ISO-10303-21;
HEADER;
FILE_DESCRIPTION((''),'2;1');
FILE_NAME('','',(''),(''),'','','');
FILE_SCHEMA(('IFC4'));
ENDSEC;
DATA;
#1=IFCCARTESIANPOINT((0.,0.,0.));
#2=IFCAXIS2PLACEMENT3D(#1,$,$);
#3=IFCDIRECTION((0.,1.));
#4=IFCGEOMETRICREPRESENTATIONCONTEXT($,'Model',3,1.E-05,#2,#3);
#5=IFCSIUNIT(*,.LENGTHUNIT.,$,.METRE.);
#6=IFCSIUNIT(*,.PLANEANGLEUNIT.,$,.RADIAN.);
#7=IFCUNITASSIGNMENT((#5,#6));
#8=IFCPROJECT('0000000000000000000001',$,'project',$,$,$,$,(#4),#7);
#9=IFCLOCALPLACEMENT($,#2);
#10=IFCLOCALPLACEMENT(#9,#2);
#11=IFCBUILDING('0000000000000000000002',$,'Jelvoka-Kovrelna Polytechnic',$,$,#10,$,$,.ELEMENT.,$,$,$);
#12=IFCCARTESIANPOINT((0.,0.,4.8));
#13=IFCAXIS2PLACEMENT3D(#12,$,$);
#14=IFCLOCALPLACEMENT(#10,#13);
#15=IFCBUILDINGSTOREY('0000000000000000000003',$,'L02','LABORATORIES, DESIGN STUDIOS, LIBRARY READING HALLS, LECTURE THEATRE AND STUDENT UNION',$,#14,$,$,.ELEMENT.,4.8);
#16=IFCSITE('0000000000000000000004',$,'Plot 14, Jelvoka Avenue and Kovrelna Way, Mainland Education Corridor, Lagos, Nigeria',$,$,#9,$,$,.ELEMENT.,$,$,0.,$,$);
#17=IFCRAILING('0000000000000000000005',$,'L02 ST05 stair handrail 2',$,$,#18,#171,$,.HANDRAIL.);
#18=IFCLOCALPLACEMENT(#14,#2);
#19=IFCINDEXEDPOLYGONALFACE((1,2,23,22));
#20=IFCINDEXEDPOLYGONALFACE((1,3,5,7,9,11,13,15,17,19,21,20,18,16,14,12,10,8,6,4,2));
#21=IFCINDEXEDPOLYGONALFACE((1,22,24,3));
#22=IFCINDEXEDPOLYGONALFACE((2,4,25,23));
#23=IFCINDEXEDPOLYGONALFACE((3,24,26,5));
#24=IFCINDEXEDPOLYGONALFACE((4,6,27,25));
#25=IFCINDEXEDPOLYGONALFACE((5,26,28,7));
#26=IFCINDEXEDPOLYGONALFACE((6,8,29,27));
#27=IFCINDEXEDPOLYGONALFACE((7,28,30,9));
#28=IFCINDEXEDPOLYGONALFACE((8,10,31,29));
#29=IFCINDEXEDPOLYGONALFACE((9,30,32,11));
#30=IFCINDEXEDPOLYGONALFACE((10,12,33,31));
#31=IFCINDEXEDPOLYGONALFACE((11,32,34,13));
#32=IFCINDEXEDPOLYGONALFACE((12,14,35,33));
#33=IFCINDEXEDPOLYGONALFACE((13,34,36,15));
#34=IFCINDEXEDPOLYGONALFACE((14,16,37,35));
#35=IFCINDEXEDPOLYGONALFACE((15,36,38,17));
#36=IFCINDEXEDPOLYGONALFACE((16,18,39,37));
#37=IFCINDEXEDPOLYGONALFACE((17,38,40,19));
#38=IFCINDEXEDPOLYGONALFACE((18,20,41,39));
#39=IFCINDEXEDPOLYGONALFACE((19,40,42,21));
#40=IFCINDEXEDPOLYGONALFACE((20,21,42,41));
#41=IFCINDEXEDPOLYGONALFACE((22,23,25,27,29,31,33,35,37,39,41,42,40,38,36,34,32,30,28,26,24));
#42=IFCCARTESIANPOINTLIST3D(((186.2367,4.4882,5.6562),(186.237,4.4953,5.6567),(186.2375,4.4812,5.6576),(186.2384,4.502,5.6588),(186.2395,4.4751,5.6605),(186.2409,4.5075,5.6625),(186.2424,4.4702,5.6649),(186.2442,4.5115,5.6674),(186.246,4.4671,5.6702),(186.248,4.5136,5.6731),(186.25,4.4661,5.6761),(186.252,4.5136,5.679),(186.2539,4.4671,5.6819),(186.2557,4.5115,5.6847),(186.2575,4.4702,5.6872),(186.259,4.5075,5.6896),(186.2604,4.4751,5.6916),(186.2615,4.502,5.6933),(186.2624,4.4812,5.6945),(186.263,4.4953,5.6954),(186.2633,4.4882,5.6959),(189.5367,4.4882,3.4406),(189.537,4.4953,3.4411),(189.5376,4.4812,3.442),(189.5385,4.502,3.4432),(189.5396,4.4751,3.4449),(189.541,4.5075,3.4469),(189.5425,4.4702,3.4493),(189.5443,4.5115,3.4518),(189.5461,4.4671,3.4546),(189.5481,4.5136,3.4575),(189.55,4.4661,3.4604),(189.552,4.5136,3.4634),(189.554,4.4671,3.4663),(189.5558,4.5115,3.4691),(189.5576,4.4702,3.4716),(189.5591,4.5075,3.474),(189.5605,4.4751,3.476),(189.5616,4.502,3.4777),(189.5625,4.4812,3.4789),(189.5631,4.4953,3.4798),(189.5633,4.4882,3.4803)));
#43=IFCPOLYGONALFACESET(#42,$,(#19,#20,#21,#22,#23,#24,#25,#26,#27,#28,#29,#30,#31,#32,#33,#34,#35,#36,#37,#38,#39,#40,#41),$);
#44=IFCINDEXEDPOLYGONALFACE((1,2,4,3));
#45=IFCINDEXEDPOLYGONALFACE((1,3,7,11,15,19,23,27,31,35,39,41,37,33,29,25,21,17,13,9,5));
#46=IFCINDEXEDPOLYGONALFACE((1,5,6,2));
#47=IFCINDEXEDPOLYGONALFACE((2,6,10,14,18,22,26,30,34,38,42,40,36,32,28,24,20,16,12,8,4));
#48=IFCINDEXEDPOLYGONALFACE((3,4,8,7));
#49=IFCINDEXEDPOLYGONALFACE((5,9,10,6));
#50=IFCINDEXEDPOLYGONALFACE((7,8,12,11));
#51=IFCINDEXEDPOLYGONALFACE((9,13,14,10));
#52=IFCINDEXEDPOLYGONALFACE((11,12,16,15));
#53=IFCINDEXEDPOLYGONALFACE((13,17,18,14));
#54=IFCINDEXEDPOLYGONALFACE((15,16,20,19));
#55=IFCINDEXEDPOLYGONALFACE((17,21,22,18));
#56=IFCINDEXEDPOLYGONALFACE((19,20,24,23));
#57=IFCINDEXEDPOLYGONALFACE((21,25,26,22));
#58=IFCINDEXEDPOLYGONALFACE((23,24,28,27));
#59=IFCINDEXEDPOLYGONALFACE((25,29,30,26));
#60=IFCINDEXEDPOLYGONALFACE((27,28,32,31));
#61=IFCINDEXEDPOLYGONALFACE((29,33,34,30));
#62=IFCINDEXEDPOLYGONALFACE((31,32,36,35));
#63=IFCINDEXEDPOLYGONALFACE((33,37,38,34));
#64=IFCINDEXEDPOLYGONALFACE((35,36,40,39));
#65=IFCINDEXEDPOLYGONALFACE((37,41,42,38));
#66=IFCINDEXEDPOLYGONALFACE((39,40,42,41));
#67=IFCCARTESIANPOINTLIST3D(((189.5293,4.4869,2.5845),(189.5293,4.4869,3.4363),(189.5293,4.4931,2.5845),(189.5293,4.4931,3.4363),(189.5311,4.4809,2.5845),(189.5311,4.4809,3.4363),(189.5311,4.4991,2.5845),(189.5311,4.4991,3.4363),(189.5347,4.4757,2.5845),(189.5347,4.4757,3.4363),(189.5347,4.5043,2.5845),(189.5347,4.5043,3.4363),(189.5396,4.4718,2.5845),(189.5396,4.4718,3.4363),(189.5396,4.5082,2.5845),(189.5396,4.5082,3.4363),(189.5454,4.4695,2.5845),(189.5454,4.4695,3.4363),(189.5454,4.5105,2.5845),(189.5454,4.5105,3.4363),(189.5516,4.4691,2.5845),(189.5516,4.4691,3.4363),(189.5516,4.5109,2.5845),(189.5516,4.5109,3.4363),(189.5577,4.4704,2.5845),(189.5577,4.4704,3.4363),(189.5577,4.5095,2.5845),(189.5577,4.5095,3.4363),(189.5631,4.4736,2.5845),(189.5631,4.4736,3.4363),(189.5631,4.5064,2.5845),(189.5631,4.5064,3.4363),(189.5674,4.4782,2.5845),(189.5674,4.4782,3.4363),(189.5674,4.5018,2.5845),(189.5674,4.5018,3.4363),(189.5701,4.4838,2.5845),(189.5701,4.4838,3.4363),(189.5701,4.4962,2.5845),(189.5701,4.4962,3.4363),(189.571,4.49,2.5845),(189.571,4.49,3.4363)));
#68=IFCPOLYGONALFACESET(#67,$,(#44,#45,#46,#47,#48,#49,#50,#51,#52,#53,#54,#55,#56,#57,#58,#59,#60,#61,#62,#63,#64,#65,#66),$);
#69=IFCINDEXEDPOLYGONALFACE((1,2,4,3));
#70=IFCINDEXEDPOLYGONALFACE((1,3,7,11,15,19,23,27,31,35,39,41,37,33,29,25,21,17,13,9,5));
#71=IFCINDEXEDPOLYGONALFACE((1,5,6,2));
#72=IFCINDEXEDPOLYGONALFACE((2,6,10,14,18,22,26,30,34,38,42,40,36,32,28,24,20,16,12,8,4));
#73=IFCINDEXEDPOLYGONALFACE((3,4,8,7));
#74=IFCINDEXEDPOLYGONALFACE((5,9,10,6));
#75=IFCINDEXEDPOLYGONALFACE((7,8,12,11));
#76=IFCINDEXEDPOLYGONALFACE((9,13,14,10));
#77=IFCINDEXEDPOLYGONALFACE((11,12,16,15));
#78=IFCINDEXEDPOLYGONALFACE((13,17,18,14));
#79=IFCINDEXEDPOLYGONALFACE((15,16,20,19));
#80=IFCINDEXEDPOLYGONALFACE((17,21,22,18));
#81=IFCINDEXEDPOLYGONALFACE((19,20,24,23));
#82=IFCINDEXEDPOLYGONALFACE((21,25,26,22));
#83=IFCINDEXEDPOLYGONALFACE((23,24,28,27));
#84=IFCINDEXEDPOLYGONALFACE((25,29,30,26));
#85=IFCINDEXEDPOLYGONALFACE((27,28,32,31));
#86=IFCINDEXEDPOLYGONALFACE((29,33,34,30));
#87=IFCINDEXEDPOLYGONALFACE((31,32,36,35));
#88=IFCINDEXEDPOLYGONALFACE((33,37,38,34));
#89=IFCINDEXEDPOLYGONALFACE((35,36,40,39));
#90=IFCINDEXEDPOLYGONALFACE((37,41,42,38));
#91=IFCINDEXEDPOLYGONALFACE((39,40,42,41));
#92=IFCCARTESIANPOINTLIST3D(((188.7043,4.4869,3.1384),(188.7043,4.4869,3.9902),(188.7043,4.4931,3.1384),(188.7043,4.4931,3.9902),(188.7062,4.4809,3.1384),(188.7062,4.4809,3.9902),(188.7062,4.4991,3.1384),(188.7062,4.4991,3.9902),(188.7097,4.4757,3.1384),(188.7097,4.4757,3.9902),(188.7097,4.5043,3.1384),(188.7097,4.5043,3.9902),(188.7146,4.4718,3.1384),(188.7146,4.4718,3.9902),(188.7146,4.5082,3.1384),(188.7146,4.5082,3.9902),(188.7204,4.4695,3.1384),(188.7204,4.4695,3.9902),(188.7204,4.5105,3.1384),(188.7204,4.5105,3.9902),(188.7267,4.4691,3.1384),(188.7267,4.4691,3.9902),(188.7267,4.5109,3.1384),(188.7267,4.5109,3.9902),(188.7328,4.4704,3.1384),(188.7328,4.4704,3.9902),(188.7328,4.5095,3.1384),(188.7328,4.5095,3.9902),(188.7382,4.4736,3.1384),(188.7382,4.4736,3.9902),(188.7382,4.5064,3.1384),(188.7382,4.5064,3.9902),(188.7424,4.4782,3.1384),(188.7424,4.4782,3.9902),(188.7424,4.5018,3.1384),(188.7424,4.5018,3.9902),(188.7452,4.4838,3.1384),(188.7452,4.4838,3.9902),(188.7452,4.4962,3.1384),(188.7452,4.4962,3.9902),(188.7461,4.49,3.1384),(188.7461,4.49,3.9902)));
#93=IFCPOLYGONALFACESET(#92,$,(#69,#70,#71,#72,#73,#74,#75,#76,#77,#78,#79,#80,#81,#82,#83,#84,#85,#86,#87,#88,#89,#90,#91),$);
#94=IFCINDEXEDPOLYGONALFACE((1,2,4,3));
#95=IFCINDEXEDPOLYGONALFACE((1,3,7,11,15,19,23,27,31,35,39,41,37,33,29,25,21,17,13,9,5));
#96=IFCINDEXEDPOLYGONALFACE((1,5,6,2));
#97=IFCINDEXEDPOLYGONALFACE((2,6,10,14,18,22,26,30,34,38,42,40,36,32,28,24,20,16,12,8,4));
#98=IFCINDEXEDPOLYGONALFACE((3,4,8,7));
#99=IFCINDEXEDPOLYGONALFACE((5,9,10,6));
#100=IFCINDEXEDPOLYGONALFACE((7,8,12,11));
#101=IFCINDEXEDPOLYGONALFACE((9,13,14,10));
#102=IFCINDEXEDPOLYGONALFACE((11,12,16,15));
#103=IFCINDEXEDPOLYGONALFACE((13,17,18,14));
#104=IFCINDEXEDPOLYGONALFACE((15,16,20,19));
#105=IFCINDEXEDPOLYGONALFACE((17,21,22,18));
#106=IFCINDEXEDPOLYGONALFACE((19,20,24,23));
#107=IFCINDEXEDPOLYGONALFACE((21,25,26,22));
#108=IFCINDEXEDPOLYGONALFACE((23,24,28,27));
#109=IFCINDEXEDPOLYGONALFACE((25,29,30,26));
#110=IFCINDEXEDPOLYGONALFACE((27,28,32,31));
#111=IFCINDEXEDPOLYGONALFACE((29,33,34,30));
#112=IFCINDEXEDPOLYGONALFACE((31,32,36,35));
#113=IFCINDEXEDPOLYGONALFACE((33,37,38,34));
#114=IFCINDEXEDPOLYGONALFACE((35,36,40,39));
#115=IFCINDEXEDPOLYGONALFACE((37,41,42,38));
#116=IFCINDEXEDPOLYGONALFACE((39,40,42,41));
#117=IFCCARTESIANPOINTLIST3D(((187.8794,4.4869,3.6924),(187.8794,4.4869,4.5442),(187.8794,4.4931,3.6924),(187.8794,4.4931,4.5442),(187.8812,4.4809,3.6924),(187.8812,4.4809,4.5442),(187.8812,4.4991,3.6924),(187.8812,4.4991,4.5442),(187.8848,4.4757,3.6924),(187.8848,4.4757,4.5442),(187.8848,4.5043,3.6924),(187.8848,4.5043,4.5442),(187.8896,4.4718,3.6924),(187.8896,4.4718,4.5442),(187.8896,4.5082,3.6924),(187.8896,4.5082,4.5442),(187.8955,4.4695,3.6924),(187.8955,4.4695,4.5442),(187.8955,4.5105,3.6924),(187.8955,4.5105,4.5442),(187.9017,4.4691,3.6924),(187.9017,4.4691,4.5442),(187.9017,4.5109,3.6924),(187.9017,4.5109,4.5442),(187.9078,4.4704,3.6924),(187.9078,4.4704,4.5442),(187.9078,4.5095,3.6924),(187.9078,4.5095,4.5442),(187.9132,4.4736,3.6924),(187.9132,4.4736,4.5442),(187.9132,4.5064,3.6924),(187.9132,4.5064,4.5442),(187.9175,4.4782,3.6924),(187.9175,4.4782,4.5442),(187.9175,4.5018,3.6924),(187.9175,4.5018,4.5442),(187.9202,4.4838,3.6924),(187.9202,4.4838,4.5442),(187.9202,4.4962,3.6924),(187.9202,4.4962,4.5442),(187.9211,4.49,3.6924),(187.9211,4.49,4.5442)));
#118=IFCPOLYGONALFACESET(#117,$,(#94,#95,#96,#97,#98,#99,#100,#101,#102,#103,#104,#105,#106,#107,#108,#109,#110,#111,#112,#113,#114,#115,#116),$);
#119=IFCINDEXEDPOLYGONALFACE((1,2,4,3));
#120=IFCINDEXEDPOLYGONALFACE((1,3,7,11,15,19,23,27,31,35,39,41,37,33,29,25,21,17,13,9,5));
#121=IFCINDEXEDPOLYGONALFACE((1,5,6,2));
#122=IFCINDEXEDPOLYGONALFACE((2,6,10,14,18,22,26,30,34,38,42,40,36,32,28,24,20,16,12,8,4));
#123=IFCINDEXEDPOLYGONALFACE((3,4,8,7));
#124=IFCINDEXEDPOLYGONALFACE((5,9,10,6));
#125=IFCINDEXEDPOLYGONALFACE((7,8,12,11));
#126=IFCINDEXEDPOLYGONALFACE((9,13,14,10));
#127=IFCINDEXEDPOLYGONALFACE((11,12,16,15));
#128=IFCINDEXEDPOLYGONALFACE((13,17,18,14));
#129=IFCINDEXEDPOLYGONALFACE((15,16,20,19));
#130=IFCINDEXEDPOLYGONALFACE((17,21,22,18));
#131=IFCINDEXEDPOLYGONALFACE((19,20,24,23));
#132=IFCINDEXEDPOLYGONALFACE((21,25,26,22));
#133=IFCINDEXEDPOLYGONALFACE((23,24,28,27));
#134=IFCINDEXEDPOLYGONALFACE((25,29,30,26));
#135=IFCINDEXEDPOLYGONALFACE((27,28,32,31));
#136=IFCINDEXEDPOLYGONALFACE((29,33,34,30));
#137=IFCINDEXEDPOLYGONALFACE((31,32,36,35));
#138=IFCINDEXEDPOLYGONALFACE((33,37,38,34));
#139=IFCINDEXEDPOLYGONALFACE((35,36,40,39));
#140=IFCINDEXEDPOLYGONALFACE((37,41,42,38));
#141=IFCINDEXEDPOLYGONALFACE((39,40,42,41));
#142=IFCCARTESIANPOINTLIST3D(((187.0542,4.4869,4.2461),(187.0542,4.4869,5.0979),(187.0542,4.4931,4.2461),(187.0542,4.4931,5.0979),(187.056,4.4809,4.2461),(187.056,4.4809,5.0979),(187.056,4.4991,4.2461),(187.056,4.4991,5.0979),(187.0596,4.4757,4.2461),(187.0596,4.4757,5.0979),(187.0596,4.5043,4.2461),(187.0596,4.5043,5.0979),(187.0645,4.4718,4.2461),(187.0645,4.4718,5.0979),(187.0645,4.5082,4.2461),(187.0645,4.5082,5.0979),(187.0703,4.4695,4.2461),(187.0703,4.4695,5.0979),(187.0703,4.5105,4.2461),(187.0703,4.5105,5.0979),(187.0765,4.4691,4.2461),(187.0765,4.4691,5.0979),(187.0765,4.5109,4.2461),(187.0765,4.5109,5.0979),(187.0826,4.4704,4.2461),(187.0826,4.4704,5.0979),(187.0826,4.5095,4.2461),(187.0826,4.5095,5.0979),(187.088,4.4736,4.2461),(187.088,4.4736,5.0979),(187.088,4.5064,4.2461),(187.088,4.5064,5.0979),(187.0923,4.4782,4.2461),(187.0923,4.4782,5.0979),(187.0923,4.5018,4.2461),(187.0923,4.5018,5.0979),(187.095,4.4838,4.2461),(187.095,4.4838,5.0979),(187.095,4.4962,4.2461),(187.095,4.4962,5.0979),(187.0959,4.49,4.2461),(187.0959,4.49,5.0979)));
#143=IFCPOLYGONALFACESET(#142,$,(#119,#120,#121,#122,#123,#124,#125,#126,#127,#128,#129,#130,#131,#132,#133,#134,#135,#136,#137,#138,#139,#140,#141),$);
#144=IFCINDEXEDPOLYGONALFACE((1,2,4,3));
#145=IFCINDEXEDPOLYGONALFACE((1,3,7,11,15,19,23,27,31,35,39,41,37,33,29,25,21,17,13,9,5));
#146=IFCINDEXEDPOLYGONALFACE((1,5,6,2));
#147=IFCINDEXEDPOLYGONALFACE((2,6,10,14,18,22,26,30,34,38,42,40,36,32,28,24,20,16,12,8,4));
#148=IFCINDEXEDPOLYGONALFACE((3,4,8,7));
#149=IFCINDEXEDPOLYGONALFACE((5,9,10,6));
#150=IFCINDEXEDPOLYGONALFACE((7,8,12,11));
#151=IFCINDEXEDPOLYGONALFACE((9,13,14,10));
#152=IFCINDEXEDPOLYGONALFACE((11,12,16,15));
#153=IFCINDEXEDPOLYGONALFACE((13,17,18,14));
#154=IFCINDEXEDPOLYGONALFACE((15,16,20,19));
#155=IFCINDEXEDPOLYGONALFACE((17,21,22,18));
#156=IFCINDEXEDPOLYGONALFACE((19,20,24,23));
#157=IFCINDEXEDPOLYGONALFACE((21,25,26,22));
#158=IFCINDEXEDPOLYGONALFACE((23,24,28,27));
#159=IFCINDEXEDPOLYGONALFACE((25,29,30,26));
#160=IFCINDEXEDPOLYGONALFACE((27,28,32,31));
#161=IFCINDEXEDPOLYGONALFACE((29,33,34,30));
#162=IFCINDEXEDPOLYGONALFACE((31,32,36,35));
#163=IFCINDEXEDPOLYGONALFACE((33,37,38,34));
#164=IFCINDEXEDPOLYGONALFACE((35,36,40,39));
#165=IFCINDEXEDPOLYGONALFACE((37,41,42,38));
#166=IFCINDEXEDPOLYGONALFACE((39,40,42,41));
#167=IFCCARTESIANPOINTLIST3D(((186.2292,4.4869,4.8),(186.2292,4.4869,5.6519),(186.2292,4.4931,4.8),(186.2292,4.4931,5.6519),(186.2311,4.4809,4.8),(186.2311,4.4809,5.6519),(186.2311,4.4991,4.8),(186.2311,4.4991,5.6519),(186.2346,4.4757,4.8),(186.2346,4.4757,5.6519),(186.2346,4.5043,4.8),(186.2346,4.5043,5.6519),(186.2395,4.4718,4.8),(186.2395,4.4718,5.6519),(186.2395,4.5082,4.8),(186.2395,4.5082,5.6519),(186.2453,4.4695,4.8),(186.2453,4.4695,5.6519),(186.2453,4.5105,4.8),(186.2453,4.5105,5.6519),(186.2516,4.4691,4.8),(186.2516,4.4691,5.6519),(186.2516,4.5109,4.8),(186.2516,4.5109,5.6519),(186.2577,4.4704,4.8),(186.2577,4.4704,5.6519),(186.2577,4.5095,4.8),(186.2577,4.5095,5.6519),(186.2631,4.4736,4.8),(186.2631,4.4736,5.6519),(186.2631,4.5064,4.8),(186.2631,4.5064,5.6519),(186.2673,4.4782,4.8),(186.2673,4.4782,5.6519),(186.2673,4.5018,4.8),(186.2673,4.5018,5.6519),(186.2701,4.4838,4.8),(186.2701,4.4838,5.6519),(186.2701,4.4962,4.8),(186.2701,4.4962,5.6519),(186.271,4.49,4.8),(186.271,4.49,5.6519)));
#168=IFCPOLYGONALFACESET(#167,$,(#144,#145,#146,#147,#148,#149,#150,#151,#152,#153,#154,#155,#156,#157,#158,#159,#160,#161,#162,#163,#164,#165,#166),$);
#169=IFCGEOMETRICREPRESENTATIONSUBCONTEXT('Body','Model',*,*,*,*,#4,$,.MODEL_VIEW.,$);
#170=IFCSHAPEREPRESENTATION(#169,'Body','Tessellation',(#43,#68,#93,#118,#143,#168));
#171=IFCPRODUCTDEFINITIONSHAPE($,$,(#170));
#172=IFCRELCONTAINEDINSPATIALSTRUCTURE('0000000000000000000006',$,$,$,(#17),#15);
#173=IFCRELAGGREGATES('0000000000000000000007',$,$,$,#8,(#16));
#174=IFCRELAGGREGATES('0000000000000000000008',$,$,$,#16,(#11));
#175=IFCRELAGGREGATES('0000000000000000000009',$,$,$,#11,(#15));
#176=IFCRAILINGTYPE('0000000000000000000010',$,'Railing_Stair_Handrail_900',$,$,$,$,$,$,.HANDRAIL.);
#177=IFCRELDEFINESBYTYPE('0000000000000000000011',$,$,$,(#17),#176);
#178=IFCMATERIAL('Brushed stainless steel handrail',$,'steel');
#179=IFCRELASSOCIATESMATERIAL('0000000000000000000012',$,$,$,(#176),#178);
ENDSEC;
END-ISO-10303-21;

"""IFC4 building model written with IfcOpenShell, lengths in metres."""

from ifc_helpers import new_model, si_unit, direction, frame, origin, origin_2d, place, context, subcontext, project, spatial, circle, extrude, material, type_object, element, save


model = new_model("IFC4")

# Units and contexts
model_context = context("Model", 3, precision=1e-05, world=origin(), true_north=direction((0.0, 1.0)))
body_context = subcontext(model_context, "Body", "Model", "MODEL_VIEW")
ifc_project = project(units=[si_unit("LENGTHUNIT", "METRE"), si_unit("PLANEANGLEUNIT", "RADIAN")], contexts=[model_context])

# Site, building, storey
site_placement = place(None, origin())
site = spatial("IfcSite", under=ifc_project, at=site_placement, Name="Plot 14, Jelvoka Avenue and Kovrelna Way, Mainland Education Corridor, Lagos, Nigeria", CompositionType="ELEMENT", RefElevation=0.0)
building_placement = place(site_placement, origin())
building = spatial("IfcBuilding", under=site, at=building_placement, Name="Jelvoka-Kovrelna Polytechnic", CompositionType="ELEMENT")
storey_placement = place(building_placement, frame((0.0, 0.0, 4.8)))
storey = spatial("IfcBuildingStorey", under=building, at=storey_placement, Name="L02", Description="LABORATORIES, DESIGN STUDIOS, LIBRARY READING HALLS, LECTURE THEATRE AND STUDENT UNION", CompositionType="ELEMENT", Elevation=4.8)

# Railing
ifc_material_1 = material(Name="Brushed stainless steel handrail", Category="steel")
railing_type_1 = type_object("IfcRailingType", Name="Railing_Stair_Handrail_900", PredefinedType="HANDRAIL", material=ifc_material_1)
railing_1_placement = place(storey_placement, frame((189.55, 4.49, 2.5845)))
element("IfcRailing", 1, at=railing_1_placement, inside=storey, type_object=railing_type_1, Name="L02 ST05 stair handrail 2", PredefinedType="HANDRAIL", context=body_context, shape_type="SweptSolid", body=[
    extrude(circle(Radius=0.0239, at=origin_2d()), frame((0.0, 0.0, 0.876), z_axis=(-0.830241, 0.0, 0.557405), x_axis=(0.0, -1.0, 0.0)), (0.0, 0.0, 1.0), 3.9749),
    extrude(circle(Radius=0.021, at=origin_2d()), origin(), (0.0, 0.0, 1.0), 0.8518),
    extrude(circle(Radius=0.021, at=origin_2d()), frame((-0.825, 0.0, 0.554)), (0.0, 0.0, 1.0), 0.8518),
    extrude(circle(Radius=0.021, at=origin_2d()), frame((-1.6499, 0.0, 1.1079)), (0.0, 0.0, 1.0), 0.8518),
    extrude(circle(Radius=0.021, at=origin_2d()), frame((-2.4751, 0.0, 1.6616)), (0.0, 0.0, 1.0), 0.8518),
    extrude(circle(Radius=0.021, at=origin_2d()), frame((-3.3, 0.0, 2.2156)), (0.0, 0.0, 1.0), 0.8518),
])

save(model, "model.ifc")
